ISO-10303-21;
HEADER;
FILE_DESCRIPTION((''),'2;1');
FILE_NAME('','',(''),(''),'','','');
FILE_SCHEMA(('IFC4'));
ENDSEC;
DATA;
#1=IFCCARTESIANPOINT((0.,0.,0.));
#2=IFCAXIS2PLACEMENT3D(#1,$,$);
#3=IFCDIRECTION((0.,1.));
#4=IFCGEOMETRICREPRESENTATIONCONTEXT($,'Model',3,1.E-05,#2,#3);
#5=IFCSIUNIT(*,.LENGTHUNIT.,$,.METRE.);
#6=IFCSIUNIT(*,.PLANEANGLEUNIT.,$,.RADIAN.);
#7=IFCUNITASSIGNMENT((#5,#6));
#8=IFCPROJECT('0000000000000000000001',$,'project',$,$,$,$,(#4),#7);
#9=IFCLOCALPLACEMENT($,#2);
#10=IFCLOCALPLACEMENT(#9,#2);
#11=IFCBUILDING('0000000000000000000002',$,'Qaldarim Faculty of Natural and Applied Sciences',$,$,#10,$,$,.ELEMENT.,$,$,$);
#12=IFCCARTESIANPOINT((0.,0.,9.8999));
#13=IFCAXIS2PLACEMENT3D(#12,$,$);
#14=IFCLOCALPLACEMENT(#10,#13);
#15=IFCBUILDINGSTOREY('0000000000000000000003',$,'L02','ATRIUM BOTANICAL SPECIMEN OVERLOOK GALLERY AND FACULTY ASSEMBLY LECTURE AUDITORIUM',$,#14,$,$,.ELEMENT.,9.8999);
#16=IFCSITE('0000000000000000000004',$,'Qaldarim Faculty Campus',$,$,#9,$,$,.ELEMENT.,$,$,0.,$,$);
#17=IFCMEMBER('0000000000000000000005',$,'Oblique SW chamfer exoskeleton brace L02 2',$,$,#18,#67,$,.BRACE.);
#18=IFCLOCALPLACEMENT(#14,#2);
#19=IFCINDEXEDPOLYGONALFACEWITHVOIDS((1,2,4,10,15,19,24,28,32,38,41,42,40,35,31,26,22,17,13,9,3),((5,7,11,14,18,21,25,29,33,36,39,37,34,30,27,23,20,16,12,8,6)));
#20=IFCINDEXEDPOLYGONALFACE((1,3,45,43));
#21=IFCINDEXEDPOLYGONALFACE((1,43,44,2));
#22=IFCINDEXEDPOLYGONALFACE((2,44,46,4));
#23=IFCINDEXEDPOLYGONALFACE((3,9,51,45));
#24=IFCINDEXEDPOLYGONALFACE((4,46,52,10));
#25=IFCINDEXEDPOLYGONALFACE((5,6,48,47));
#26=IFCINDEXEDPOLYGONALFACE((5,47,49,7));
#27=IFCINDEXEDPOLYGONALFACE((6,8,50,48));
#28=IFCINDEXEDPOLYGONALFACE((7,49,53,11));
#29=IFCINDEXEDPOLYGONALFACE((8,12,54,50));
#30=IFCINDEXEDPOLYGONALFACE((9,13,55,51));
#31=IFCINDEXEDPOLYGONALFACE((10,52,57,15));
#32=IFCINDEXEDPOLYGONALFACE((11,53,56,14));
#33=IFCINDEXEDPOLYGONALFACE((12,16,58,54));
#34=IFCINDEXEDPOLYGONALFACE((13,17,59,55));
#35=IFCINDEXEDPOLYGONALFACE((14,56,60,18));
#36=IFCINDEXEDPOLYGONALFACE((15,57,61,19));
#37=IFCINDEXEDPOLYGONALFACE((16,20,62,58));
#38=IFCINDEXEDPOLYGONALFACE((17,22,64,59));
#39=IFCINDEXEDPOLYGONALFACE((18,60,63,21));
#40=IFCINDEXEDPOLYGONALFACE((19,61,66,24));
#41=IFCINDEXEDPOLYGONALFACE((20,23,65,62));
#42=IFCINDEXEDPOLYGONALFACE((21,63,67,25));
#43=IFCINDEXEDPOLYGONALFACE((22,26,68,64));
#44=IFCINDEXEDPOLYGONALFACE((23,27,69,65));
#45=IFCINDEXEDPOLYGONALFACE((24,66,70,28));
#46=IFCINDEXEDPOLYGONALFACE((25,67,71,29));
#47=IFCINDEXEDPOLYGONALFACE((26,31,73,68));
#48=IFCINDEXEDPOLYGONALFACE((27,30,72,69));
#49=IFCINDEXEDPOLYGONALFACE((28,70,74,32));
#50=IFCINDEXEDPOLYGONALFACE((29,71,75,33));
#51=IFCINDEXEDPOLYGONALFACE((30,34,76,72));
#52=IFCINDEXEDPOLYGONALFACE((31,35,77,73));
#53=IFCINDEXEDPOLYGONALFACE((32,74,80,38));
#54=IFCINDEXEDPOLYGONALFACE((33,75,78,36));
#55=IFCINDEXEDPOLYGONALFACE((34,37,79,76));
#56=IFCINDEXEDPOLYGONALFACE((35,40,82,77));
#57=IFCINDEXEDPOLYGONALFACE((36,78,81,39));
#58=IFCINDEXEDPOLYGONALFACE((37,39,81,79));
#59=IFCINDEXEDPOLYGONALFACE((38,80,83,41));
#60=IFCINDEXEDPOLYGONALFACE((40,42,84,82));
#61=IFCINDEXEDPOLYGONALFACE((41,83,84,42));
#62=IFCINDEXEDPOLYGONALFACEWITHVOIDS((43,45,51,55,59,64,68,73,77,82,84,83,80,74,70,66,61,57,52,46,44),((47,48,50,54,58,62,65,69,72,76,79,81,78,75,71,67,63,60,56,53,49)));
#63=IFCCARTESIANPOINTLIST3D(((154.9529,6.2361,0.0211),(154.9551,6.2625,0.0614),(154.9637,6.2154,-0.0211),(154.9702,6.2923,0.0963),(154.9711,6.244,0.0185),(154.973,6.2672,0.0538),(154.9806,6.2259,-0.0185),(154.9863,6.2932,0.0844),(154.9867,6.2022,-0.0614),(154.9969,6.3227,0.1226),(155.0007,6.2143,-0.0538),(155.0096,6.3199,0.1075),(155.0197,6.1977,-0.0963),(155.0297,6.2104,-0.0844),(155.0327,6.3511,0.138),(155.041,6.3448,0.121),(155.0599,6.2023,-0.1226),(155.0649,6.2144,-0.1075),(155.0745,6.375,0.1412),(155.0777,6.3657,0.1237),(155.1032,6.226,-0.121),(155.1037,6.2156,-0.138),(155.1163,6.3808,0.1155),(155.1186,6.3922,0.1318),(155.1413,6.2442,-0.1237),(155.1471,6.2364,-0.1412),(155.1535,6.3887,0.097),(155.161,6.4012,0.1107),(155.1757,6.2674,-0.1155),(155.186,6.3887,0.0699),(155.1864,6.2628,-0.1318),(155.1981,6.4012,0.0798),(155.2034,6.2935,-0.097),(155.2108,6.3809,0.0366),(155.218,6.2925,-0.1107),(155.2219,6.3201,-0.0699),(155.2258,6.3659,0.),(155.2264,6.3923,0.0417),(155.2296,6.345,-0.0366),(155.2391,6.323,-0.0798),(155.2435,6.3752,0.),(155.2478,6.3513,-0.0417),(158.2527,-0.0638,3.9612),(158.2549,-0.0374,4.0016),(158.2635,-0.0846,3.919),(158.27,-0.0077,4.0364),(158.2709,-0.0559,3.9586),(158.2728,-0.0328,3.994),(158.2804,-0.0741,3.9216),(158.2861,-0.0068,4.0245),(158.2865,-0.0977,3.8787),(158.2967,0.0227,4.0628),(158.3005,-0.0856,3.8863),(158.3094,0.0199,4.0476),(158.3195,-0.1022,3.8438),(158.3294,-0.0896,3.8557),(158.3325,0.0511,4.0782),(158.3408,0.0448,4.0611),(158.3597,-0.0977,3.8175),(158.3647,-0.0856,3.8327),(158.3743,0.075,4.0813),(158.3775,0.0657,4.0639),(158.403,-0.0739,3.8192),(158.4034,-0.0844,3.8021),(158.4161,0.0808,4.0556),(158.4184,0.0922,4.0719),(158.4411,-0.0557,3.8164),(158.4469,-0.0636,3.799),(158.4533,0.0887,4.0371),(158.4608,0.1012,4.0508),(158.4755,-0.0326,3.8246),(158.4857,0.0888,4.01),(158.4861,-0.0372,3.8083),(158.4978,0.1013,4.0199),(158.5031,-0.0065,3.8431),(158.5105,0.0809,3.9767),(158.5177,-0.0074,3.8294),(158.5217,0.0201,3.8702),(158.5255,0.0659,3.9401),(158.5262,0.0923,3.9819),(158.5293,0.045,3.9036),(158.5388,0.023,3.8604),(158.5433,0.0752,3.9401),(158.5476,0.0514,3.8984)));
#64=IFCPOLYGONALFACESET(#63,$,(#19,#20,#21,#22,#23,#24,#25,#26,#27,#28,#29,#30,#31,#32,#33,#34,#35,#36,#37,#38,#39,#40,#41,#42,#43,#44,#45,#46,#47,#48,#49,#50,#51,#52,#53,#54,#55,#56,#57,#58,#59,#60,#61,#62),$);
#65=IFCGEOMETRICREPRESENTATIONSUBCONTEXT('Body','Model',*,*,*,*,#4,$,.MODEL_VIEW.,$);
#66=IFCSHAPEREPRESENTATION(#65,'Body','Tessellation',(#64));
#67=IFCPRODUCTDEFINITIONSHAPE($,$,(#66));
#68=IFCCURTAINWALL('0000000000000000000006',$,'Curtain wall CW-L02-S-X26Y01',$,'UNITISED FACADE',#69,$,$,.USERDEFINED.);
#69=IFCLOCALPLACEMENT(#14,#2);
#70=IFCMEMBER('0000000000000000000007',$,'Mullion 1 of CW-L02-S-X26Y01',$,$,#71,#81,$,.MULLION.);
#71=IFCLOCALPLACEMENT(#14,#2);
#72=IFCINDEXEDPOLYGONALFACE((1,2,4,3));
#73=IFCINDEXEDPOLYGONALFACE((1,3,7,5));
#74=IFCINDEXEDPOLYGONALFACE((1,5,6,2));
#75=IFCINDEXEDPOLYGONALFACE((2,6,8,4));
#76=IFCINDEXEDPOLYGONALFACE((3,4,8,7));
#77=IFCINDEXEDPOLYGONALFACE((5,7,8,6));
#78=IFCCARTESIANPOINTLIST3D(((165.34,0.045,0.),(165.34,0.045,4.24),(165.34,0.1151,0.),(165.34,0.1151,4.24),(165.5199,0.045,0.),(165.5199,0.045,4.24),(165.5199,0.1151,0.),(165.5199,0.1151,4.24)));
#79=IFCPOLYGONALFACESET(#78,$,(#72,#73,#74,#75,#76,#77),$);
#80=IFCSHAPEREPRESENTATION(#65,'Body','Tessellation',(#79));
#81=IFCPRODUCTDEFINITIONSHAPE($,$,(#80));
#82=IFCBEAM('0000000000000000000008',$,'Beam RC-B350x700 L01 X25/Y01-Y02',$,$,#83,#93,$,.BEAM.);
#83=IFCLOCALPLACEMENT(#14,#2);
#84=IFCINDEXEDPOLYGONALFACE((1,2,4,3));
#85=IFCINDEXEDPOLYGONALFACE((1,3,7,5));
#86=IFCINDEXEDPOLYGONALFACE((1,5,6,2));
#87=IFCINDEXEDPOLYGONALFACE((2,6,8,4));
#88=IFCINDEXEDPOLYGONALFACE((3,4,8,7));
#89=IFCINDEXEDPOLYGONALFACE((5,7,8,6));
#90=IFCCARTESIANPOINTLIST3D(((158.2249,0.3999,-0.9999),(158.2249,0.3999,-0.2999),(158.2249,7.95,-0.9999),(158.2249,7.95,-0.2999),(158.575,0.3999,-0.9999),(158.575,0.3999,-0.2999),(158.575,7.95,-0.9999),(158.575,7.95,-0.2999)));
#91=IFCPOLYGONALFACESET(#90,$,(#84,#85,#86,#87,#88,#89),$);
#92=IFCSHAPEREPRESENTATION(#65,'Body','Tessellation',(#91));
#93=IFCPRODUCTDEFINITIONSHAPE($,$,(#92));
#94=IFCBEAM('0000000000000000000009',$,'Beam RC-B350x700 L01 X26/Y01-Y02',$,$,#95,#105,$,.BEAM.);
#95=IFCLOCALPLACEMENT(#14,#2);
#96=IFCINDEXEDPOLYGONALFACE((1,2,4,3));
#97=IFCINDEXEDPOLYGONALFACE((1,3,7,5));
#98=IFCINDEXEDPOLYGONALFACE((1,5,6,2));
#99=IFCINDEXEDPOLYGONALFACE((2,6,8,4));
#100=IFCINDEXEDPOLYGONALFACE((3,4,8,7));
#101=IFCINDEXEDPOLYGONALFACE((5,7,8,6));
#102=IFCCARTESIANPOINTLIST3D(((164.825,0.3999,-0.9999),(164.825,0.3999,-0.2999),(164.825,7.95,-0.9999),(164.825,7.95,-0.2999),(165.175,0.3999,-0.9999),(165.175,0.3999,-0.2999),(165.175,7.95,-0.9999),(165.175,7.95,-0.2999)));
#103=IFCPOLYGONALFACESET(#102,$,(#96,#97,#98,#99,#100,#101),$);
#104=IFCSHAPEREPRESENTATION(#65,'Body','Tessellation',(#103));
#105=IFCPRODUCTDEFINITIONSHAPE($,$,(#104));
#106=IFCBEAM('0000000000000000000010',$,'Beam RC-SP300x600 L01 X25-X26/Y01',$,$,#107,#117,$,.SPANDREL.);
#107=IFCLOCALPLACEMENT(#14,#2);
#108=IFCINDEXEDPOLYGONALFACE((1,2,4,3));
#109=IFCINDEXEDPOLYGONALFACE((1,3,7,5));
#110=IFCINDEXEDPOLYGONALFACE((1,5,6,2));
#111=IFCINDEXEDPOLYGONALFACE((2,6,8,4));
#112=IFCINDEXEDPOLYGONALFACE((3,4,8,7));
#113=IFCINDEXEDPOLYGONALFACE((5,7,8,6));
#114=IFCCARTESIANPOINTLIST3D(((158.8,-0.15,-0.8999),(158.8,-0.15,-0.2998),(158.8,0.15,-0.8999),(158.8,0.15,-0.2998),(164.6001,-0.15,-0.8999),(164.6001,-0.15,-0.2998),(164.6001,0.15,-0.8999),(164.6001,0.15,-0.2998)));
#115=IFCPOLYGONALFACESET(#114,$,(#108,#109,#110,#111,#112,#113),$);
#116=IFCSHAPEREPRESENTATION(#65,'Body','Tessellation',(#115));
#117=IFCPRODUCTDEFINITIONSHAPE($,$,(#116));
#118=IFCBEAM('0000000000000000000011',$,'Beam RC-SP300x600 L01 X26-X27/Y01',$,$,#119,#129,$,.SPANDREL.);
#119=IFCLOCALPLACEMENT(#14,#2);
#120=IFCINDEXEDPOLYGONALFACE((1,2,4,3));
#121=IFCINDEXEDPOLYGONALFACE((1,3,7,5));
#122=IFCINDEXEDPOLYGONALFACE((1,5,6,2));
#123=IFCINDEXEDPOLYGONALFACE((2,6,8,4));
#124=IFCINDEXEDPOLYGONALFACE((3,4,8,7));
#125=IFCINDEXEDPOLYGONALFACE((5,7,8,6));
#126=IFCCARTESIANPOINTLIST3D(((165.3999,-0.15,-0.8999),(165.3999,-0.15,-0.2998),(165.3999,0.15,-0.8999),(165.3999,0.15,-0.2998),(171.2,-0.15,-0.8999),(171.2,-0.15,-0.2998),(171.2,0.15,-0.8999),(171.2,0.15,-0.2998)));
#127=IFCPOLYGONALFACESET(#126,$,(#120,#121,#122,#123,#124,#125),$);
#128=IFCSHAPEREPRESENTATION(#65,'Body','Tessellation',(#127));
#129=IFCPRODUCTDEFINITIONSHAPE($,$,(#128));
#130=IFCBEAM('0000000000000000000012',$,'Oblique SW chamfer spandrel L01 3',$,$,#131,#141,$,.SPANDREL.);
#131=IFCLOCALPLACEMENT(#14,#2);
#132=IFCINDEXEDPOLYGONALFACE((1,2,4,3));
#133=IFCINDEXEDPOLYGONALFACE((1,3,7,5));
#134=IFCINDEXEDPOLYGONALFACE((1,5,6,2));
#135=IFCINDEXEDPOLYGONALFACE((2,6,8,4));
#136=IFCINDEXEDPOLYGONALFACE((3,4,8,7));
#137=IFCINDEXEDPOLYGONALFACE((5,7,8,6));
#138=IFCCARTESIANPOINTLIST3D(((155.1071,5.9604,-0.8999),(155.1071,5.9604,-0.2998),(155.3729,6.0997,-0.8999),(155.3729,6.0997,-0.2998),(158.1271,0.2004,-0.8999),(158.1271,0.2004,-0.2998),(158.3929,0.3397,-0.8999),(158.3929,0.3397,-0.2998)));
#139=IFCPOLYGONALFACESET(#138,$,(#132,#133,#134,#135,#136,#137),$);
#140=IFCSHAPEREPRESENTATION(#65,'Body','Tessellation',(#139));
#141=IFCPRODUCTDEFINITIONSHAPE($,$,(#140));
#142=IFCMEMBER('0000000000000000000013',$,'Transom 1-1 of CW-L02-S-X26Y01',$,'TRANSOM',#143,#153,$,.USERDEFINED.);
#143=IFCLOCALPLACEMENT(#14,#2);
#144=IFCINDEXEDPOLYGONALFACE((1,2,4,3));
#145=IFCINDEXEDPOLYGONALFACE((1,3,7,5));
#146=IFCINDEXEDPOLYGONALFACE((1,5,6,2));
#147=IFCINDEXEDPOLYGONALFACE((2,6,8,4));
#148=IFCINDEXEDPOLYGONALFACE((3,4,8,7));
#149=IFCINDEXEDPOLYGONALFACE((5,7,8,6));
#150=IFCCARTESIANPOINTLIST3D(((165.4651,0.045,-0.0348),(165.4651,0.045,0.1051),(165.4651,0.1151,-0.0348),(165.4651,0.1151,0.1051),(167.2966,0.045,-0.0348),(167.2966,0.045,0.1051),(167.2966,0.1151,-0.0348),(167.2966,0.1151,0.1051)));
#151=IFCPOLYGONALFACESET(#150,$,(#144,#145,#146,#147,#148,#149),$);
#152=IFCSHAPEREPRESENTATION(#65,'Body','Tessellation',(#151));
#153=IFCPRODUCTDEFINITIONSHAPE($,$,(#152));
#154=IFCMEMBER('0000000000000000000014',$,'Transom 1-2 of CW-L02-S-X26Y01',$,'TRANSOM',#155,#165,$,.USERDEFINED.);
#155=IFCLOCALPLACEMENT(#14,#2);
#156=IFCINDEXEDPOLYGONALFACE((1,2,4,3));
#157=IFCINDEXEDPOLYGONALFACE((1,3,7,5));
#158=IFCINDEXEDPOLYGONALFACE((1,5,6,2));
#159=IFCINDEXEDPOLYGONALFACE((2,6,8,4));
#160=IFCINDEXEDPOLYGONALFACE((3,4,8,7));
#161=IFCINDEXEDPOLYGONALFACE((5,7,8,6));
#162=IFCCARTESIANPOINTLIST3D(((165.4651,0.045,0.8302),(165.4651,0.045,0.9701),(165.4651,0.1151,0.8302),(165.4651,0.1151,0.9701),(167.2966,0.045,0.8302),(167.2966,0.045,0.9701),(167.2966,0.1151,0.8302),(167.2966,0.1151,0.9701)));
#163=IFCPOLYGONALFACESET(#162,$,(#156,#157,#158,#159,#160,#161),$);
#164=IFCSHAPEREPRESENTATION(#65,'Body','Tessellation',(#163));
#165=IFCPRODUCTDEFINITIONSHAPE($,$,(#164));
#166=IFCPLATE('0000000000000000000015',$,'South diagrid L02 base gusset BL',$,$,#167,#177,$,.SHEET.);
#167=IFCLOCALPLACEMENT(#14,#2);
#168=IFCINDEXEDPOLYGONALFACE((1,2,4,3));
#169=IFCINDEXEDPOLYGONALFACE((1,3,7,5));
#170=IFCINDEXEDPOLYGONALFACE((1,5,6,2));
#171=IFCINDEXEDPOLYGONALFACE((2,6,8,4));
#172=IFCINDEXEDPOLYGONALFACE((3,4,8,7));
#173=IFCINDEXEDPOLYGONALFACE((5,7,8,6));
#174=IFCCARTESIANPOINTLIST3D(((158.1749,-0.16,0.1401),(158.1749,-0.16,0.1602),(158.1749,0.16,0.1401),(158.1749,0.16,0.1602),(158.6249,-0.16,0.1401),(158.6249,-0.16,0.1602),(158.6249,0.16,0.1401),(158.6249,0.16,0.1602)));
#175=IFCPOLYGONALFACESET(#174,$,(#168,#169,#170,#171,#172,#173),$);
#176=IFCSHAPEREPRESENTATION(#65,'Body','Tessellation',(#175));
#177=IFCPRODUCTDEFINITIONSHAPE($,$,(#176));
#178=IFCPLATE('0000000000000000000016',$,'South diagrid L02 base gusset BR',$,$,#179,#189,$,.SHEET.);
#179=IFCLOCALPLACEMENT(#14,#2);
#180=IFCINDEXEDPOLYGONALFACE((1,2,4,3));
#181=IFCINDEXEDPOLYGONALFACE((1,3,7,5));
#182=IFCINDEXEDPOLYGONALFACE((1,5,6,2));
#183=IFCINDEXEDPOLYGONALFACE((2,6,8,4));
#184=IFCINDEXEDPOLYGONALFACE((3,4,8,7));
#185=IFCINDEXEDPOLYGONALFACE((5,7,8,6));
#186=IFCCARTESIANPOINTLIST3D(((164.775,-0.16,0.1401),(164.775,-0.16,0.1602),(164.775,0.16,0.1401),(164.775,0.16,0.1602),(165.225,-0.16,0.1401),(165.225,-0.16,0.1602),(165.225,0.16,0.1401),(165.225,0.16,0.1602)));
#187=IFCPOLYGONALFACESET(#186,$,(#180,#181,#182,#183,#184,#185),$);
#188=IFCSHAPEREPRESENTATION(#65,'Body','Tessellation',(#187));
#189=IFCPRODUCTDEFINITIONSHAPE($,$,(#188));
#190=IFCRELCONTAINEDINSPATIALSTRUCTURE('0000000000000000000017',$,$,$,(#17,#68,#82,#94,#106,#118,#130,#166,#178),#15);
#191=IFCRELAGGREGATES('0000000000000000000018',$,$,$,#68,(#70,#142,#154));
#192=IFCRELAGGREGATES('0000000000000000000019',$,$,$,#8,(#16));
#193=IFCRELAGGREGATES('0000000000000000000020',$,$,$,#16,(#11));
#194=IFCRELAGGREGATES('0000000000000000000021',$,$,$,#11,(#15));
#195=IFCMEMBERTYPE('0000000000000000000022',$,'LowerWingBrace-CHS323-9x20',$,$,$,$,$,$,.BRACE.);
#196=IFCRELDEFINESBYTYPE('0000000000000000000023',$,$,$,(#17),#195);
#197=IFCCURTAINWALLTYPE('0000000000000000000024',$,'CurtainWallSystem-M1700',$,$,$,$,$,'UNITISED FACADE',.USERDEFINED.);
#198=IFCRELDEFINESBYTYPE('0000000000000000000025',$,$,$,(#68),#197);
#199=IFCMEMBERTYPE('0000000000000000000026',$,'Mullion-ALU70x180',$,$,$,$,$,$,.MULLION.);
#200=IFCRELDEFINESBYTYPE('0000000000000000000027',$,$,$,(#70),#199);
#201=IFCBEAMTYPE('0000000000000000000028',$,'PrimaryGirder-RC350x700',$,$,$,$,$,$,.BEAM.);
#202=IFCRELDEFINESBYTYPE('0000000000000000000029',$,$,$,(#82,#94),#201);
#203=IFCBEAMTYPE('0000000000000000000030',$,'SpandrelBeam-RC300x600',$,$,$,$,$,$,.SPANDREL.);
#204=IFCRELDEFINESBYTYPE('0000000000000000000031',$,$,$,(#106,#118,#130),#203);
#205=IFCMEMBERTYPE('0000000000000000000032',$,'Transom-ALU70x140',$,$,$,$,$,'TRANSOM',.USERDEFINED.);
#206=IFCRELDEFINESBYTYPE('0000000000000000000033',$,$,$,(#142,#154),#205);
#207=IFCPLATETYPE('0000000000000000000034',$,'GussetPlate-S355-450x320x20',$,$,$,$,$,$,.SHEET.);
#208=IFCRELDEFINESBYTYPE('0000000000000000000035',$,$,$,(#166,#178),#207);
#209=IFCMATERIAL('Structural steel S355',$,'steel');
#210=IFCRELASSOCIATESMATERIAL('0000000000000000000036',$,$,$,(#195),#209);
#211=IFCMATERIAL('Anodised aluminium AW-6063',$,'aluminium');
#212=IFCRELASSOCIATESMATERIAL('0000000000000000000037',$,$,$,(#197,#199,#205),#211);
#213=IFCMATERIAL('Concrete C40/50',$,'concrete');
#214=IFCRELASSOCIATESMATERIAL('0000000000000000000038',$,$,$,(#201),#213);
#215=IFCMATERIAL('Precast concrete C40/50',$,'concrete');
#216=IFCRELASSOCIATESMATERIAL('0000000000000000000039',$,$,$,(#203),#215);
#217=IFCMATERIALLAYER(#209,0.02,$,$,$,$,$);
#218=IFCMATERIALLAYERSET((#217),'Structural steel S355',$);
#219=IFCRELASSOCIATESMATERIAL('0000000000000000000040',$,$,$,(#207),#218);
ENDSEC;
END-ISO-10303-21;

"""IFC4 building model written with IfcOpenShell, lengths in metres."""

from ifc_helpers import new_model, si_unit, direction, frame, origin, origin_2d, place, context, subcontext, project, spatial, rectangle, hollow_circle, extrude, material, layer, layer_set, material_profile, profile_set, type_object, element, aggregate, save


model = new_model("IFC4")

# Units and contexts
model_context = context("Model", 3, precision=1e-05, world=origin(), true_north=direction((0.0, 1.0)))
body_context = subcontext(model_context, "Body", "Model", "MODEL_VIEW")
ifc_project = project(units=[si_unit("LENGTHUNIT", "METRE"), si_unit("PLANEANGLEUNIT", "RADIAN")], contexts=[model_context])

# Site, building, storey
site_placement = place(None, origin())
site = spatial("IfcSite", under=ifc_project, at=site_placement, Name="Qaldarim Faculty Campus", CompositionType="ELEMENT", RefElevation=0.0)
building_placement = place(site_placement, origin())
building = spatial("IfcBuilding", under=site, at=building_placement, Name="Qaldarim Faculty of Natural and Applied Sciences", CompositionType="ELEMENT")
storey_placement = place(building_placement, frame((0.0, 0.0, 9.8999)))
storey = spatial("IfcBuildingStorey", under=building, at=storey_placement, Name="L02", Description="ATRIUM BOTANICAL SPECIMEN OVERLOOK GALLERY AND FACULTY ASSEMBLY LECTURE AUDITORIUM", CompositionType="ELEMENT", Elevation=9.8999)

# Member
ifc_material_1 = material(Name="Structural steel S355", Category="steel")
ifc_material_profile_1 = material_profile(ifc_material_1, hollow_circle(Radius=0.1619, WallThickness=0.02, at=origin_2d()), Name="CHS 323.9x20.0")
ifc_profile_set_1 = profile_set([ifc_material_profile_1], Name="Structural steel S355")
member_type_1 = type_object("IfcMemberType", Name="LowerWingBrace-CHS323-9x20", PredefinedType="BRACE", material=ifc_profile_set_1)
member_1_placement = place(storey_placement, frame((155.1001, 6.3, 0.0), z_axis=(0.405857, -0.77487, 0.48462), x_axis=(0.885844, 0.463983, 0.0)))
element("IfcMember", 1, at=member_1_placement, inside=storey, type_object=member_type_1, Name="Oblique SW chamfer exoskeleton brace L02 2", PredefinedType="BRACE", context=body_context, shape_type="SweptSolid", body=[
    extrude(hollow_circle(Radius=0.1619, WallThickness=0.02, at=origin_2d()), origin(), (0.0, 0.0, 1.0), 8.1304),
])

# Curtain wall, member
ifc_material_2 = material(Name="Anodised aluminium AW-6063", Category="aluminium")
curtain_wall_type = type_object("IfcCurtainWallType", Name="CurtainWallSystem-M1700", ElementType="UNITISED FACADE", PredefinedType="USERDEFINED", material=ifc_material_2)
curtain_wall_placement = place(storey_placement, origin())
curtain_wall = element("IfcCurtainWall", 2, at=curtain_wall_placement, inside=storey, type_object=curtain_wall_type, Name="Curtain wall CW-L02-S-X26Y01", ObjectType="UNITISED FACADE", PredefinedType="USERDEFINED")
ifc_material_profile_2 = material_profile(ifc_material_2, rectangle(XDim=0.0701, YDim=0.1799, at=origin_2d()), Name="ALU-M70x180")
ifc_profile_set_2 = profile_set([ifc_material_profile_2], Name="Anodised aluminium AW-6063")
member_type_2 = type_object("IfcMemberType", Name="Mullion-ALU70x180", PredefinedType="MULLION", material=ifc_profile_set_2)
member_2_placement = place(storey_placement, frame((165.4299, 0.0801, 0.0), z_axis=(0.0, 0.0, 1.0), x_axis=(0.0, 1.0, 0.0)))
member_2 = element("IfcMember", 3, at=member_2_placement, type_object=member_type_2, Name="Mullion 1 of CW-L02-S-X26Y01", PredefinedType="MULLION", context=body_context, shape_type="SweptSolid", body=[
    extrude(rectangle(XDim=0.0701, YDim=0.1799, at=origin_2d()), origin(), (0.0, 0.0, 1.0), 4.24),
])

# Beams
ifc_material_3 = material(Name="Concrete C40/50", Category="concrete")
ifc_material_profile_3 = material_profile(ifc_material_3, rectangle(XDim=0.3501, YDim=0.7, at=origin_2d()), Name="RC-B350x700")
ifc_profile_set_3 = profile_set([ifc_material_profile_3], Name="Concrete C40/50")
beam_type_1 = type_object("IfcBeamType", Name="PrimaryGirder-RC350x700", PredefinedType="BEAM", material=ifc_profile_set_3)
for number, where, z_axis, x_axis, name in (
    (4, (158.3999, 0.3999, -0.6499), (0.0, 1.0, 0.0), (-1.0, 0.0, 0.0), "Beam RC-B350x700 L01 X25/Y01-Y02"),
    (5, (165.0, 0.3999, -0.6499), (0.0, 1.0, 0.0), (-1.0, 0.0, 0.0), "Beam RC-B350x700 L01 X26/Y01-Y02"),
):
    element("IfcBeam", number, at=place(storey_placement, frame(where, z_axis=z_axis, x_axis=x_axis)), inside=storey, type_object=beam_type_1, Name=name, PredefinedType="BEAM", context=body_context, shape_type="SweptSolid", body=[
        extrude(rectangle(XDim=0.3501, YDim=0.7, at=origin_2d()), origin(), (0.0, 0.0, 1.0), 7.55),
    ])
ifc_material_4 = material(Name="Precast concrete C40/50", Category="concrete")
ifc_material_profile_4 = material_profile(ifc_material_4, rectangle(XDim=0.3, YDim=0.6001, at=origin_2d()), Name="RC-SP300x600")
ifc_profile_set_4 = profile_set([ifc_material_profile_4], Name="Precast concrete C40/50")
beam_type_2 = type_object("IfcBeamType", Name="SpandrelBeam-RC300x600", PredefinedType="SPANDREL", material=ifc_profile_set_4)
for number, where, z_axis, x_axis, name in (
    (6, (158.8, 0.0, -0.5999), (1.0, 0.0, 0.0), (0.0, 1.0, 0.0), "Beam RC-SP300x600 L01 X25-X26/Y01"),
    (7, (165.3999, 0.0, -0.5999), (1.0, 0.0, 0.0), (0.0, 1.0, 0.0), "Beam RC-SP300x600 L01 X26-X27/Y01"),
):
    element("IfcBeam", number, at=place(storey_placement, frame(where, z_axis=z_axis, x_axis=x_axis)), inside=storey, type_object=beam_type_2, Name=name, PredefinedType="SPANDREL", context=body_context, shape_type="SweptSolid", body=[
        extrude(rectangle(XDim=0.3, YDim=0.6001, at=origin_2d()), origin(), (0.0, 0.0, 1.0), 5.8),
    ])
beam_placement = place(storey_placement, frame((155.24, 6.03, -0.5999), z_axis=(0.464353, -0.88565, 0.0), x_axis=(0.88565, 0.464353, 0.0)))
element("IfcBeam", 8, at=beam_placement, inside=storey, type_object=beam_type_2, Name="Oblique SW chamfer spandrel L01 3", PredefinedType="SPANDREL", context=body_context, shape_type="SweptSolid", body=[
    extrude(rectangle(XDim=0.3, YDim=0.6001, at=origin_2d()), origin(), (0.0, 0.0, 1.0), 6.5037),
])

# Members
ifc_material_profile_5 = material_profile(ifc_material_2, rectangle(XDim=0.0701, YDim=0.1399, at=origin_2d()), Name="ALU-T70x140")
ifc_profile_set_5 = profile_set([ifc_material_profile_5], Name="Anodised aluminium AW-6063")
member_type_3 = type_object("IfcMemberType", Name="Transom-ALU70x140", ElementType="TRANSOM", PredefinedType="USERDEFINED", material=ifc_profile_set_5)
member_3_placement = place(storey_placement, frame((165.4651, 0.0801, 0.0352), z_axis=(1.0, 0.0, 0.0), x_axis=(0.0, 1.0, 0.0)))
member_3 = element("IfcMember", 9, at=member_3_placement, type_object=member_type_3, Name="Transom 1-1 of CW-L02-S-X26Y01", ObjectType="TRANSOM", PredefinedType="USERDEFINED", context=body_context, shape_type="SweptSolid", body=[
    extrude(rectangle(XDim=0.0701, YDim=0.1399, at=origin_2d()), origin(), (0.0, 0.0, 1.0), 1.8315),
])
member_4_placement = place(storey_placement, frame((165.4651, 0.0801, 0.9001), z_axis=(1.0, 0.0, 0.0), x_axis=(0.0, 1.0, 0.0)))
member_4 = element("IfcMember", 10, at=member_4_placement, type_object=member_type_3, Name="Transom 1-2 of CW-L02-S-X26Y01", ObjectType="TRANSOM", PredefinedType="USERDEFINED", context=body_context, shape_type="SweptSolid", body=[
    extrude(rectangle(XDim=0.0701, YDim=0.1399, at=origin_2d()), origin(), (0.0, 0.0, 1.0), 1.8315),
])
aggregate(curtain_wall, [member_2, member_3, member_4])

# Plates
ifc_layer_1 = layer(ifc_material_1, 0.02)
ifc_layer_set_1 = layer_set([ifc_layer_1], Name="Structural steel S355")
plate_type_1 = type_object("IfcPlateType", Name="GussetPlate-S355-450x320x20", PredefinedType="SHEET", material=ifc_layer_set_1)
for number, where, z_axis, x_axis, name in (
    (11, (158.3999, 0.0, 0.1401), (0.0, 0.0, 1.0), (1.0, 0.0, 0.0), "South diagrid L02 base gusset BL"),
    (12, (165.0, 0.0, 0.1401), (0.0, 0.0, 1.0), (1.0, 0.0, 0.0), "South diagrid L02 base gusset BR"),
):
    element("IfcPlate", number, at=place(storey_placement, frame(where, z_axis=z_axis, x_axis=x_axis)), inside=storey, type_object=plate_type_1, Name=name, PredefinedType="SHEET", context=body_context, shape_type="SweptSolid", body=[
        extrude(rectangle(XDim=0.45, YDim=0.3201, at=origin_2d()), origin(), (0.0, 0.0, 1.0), 0.02),
    ])

save(model, "model.ifc")
